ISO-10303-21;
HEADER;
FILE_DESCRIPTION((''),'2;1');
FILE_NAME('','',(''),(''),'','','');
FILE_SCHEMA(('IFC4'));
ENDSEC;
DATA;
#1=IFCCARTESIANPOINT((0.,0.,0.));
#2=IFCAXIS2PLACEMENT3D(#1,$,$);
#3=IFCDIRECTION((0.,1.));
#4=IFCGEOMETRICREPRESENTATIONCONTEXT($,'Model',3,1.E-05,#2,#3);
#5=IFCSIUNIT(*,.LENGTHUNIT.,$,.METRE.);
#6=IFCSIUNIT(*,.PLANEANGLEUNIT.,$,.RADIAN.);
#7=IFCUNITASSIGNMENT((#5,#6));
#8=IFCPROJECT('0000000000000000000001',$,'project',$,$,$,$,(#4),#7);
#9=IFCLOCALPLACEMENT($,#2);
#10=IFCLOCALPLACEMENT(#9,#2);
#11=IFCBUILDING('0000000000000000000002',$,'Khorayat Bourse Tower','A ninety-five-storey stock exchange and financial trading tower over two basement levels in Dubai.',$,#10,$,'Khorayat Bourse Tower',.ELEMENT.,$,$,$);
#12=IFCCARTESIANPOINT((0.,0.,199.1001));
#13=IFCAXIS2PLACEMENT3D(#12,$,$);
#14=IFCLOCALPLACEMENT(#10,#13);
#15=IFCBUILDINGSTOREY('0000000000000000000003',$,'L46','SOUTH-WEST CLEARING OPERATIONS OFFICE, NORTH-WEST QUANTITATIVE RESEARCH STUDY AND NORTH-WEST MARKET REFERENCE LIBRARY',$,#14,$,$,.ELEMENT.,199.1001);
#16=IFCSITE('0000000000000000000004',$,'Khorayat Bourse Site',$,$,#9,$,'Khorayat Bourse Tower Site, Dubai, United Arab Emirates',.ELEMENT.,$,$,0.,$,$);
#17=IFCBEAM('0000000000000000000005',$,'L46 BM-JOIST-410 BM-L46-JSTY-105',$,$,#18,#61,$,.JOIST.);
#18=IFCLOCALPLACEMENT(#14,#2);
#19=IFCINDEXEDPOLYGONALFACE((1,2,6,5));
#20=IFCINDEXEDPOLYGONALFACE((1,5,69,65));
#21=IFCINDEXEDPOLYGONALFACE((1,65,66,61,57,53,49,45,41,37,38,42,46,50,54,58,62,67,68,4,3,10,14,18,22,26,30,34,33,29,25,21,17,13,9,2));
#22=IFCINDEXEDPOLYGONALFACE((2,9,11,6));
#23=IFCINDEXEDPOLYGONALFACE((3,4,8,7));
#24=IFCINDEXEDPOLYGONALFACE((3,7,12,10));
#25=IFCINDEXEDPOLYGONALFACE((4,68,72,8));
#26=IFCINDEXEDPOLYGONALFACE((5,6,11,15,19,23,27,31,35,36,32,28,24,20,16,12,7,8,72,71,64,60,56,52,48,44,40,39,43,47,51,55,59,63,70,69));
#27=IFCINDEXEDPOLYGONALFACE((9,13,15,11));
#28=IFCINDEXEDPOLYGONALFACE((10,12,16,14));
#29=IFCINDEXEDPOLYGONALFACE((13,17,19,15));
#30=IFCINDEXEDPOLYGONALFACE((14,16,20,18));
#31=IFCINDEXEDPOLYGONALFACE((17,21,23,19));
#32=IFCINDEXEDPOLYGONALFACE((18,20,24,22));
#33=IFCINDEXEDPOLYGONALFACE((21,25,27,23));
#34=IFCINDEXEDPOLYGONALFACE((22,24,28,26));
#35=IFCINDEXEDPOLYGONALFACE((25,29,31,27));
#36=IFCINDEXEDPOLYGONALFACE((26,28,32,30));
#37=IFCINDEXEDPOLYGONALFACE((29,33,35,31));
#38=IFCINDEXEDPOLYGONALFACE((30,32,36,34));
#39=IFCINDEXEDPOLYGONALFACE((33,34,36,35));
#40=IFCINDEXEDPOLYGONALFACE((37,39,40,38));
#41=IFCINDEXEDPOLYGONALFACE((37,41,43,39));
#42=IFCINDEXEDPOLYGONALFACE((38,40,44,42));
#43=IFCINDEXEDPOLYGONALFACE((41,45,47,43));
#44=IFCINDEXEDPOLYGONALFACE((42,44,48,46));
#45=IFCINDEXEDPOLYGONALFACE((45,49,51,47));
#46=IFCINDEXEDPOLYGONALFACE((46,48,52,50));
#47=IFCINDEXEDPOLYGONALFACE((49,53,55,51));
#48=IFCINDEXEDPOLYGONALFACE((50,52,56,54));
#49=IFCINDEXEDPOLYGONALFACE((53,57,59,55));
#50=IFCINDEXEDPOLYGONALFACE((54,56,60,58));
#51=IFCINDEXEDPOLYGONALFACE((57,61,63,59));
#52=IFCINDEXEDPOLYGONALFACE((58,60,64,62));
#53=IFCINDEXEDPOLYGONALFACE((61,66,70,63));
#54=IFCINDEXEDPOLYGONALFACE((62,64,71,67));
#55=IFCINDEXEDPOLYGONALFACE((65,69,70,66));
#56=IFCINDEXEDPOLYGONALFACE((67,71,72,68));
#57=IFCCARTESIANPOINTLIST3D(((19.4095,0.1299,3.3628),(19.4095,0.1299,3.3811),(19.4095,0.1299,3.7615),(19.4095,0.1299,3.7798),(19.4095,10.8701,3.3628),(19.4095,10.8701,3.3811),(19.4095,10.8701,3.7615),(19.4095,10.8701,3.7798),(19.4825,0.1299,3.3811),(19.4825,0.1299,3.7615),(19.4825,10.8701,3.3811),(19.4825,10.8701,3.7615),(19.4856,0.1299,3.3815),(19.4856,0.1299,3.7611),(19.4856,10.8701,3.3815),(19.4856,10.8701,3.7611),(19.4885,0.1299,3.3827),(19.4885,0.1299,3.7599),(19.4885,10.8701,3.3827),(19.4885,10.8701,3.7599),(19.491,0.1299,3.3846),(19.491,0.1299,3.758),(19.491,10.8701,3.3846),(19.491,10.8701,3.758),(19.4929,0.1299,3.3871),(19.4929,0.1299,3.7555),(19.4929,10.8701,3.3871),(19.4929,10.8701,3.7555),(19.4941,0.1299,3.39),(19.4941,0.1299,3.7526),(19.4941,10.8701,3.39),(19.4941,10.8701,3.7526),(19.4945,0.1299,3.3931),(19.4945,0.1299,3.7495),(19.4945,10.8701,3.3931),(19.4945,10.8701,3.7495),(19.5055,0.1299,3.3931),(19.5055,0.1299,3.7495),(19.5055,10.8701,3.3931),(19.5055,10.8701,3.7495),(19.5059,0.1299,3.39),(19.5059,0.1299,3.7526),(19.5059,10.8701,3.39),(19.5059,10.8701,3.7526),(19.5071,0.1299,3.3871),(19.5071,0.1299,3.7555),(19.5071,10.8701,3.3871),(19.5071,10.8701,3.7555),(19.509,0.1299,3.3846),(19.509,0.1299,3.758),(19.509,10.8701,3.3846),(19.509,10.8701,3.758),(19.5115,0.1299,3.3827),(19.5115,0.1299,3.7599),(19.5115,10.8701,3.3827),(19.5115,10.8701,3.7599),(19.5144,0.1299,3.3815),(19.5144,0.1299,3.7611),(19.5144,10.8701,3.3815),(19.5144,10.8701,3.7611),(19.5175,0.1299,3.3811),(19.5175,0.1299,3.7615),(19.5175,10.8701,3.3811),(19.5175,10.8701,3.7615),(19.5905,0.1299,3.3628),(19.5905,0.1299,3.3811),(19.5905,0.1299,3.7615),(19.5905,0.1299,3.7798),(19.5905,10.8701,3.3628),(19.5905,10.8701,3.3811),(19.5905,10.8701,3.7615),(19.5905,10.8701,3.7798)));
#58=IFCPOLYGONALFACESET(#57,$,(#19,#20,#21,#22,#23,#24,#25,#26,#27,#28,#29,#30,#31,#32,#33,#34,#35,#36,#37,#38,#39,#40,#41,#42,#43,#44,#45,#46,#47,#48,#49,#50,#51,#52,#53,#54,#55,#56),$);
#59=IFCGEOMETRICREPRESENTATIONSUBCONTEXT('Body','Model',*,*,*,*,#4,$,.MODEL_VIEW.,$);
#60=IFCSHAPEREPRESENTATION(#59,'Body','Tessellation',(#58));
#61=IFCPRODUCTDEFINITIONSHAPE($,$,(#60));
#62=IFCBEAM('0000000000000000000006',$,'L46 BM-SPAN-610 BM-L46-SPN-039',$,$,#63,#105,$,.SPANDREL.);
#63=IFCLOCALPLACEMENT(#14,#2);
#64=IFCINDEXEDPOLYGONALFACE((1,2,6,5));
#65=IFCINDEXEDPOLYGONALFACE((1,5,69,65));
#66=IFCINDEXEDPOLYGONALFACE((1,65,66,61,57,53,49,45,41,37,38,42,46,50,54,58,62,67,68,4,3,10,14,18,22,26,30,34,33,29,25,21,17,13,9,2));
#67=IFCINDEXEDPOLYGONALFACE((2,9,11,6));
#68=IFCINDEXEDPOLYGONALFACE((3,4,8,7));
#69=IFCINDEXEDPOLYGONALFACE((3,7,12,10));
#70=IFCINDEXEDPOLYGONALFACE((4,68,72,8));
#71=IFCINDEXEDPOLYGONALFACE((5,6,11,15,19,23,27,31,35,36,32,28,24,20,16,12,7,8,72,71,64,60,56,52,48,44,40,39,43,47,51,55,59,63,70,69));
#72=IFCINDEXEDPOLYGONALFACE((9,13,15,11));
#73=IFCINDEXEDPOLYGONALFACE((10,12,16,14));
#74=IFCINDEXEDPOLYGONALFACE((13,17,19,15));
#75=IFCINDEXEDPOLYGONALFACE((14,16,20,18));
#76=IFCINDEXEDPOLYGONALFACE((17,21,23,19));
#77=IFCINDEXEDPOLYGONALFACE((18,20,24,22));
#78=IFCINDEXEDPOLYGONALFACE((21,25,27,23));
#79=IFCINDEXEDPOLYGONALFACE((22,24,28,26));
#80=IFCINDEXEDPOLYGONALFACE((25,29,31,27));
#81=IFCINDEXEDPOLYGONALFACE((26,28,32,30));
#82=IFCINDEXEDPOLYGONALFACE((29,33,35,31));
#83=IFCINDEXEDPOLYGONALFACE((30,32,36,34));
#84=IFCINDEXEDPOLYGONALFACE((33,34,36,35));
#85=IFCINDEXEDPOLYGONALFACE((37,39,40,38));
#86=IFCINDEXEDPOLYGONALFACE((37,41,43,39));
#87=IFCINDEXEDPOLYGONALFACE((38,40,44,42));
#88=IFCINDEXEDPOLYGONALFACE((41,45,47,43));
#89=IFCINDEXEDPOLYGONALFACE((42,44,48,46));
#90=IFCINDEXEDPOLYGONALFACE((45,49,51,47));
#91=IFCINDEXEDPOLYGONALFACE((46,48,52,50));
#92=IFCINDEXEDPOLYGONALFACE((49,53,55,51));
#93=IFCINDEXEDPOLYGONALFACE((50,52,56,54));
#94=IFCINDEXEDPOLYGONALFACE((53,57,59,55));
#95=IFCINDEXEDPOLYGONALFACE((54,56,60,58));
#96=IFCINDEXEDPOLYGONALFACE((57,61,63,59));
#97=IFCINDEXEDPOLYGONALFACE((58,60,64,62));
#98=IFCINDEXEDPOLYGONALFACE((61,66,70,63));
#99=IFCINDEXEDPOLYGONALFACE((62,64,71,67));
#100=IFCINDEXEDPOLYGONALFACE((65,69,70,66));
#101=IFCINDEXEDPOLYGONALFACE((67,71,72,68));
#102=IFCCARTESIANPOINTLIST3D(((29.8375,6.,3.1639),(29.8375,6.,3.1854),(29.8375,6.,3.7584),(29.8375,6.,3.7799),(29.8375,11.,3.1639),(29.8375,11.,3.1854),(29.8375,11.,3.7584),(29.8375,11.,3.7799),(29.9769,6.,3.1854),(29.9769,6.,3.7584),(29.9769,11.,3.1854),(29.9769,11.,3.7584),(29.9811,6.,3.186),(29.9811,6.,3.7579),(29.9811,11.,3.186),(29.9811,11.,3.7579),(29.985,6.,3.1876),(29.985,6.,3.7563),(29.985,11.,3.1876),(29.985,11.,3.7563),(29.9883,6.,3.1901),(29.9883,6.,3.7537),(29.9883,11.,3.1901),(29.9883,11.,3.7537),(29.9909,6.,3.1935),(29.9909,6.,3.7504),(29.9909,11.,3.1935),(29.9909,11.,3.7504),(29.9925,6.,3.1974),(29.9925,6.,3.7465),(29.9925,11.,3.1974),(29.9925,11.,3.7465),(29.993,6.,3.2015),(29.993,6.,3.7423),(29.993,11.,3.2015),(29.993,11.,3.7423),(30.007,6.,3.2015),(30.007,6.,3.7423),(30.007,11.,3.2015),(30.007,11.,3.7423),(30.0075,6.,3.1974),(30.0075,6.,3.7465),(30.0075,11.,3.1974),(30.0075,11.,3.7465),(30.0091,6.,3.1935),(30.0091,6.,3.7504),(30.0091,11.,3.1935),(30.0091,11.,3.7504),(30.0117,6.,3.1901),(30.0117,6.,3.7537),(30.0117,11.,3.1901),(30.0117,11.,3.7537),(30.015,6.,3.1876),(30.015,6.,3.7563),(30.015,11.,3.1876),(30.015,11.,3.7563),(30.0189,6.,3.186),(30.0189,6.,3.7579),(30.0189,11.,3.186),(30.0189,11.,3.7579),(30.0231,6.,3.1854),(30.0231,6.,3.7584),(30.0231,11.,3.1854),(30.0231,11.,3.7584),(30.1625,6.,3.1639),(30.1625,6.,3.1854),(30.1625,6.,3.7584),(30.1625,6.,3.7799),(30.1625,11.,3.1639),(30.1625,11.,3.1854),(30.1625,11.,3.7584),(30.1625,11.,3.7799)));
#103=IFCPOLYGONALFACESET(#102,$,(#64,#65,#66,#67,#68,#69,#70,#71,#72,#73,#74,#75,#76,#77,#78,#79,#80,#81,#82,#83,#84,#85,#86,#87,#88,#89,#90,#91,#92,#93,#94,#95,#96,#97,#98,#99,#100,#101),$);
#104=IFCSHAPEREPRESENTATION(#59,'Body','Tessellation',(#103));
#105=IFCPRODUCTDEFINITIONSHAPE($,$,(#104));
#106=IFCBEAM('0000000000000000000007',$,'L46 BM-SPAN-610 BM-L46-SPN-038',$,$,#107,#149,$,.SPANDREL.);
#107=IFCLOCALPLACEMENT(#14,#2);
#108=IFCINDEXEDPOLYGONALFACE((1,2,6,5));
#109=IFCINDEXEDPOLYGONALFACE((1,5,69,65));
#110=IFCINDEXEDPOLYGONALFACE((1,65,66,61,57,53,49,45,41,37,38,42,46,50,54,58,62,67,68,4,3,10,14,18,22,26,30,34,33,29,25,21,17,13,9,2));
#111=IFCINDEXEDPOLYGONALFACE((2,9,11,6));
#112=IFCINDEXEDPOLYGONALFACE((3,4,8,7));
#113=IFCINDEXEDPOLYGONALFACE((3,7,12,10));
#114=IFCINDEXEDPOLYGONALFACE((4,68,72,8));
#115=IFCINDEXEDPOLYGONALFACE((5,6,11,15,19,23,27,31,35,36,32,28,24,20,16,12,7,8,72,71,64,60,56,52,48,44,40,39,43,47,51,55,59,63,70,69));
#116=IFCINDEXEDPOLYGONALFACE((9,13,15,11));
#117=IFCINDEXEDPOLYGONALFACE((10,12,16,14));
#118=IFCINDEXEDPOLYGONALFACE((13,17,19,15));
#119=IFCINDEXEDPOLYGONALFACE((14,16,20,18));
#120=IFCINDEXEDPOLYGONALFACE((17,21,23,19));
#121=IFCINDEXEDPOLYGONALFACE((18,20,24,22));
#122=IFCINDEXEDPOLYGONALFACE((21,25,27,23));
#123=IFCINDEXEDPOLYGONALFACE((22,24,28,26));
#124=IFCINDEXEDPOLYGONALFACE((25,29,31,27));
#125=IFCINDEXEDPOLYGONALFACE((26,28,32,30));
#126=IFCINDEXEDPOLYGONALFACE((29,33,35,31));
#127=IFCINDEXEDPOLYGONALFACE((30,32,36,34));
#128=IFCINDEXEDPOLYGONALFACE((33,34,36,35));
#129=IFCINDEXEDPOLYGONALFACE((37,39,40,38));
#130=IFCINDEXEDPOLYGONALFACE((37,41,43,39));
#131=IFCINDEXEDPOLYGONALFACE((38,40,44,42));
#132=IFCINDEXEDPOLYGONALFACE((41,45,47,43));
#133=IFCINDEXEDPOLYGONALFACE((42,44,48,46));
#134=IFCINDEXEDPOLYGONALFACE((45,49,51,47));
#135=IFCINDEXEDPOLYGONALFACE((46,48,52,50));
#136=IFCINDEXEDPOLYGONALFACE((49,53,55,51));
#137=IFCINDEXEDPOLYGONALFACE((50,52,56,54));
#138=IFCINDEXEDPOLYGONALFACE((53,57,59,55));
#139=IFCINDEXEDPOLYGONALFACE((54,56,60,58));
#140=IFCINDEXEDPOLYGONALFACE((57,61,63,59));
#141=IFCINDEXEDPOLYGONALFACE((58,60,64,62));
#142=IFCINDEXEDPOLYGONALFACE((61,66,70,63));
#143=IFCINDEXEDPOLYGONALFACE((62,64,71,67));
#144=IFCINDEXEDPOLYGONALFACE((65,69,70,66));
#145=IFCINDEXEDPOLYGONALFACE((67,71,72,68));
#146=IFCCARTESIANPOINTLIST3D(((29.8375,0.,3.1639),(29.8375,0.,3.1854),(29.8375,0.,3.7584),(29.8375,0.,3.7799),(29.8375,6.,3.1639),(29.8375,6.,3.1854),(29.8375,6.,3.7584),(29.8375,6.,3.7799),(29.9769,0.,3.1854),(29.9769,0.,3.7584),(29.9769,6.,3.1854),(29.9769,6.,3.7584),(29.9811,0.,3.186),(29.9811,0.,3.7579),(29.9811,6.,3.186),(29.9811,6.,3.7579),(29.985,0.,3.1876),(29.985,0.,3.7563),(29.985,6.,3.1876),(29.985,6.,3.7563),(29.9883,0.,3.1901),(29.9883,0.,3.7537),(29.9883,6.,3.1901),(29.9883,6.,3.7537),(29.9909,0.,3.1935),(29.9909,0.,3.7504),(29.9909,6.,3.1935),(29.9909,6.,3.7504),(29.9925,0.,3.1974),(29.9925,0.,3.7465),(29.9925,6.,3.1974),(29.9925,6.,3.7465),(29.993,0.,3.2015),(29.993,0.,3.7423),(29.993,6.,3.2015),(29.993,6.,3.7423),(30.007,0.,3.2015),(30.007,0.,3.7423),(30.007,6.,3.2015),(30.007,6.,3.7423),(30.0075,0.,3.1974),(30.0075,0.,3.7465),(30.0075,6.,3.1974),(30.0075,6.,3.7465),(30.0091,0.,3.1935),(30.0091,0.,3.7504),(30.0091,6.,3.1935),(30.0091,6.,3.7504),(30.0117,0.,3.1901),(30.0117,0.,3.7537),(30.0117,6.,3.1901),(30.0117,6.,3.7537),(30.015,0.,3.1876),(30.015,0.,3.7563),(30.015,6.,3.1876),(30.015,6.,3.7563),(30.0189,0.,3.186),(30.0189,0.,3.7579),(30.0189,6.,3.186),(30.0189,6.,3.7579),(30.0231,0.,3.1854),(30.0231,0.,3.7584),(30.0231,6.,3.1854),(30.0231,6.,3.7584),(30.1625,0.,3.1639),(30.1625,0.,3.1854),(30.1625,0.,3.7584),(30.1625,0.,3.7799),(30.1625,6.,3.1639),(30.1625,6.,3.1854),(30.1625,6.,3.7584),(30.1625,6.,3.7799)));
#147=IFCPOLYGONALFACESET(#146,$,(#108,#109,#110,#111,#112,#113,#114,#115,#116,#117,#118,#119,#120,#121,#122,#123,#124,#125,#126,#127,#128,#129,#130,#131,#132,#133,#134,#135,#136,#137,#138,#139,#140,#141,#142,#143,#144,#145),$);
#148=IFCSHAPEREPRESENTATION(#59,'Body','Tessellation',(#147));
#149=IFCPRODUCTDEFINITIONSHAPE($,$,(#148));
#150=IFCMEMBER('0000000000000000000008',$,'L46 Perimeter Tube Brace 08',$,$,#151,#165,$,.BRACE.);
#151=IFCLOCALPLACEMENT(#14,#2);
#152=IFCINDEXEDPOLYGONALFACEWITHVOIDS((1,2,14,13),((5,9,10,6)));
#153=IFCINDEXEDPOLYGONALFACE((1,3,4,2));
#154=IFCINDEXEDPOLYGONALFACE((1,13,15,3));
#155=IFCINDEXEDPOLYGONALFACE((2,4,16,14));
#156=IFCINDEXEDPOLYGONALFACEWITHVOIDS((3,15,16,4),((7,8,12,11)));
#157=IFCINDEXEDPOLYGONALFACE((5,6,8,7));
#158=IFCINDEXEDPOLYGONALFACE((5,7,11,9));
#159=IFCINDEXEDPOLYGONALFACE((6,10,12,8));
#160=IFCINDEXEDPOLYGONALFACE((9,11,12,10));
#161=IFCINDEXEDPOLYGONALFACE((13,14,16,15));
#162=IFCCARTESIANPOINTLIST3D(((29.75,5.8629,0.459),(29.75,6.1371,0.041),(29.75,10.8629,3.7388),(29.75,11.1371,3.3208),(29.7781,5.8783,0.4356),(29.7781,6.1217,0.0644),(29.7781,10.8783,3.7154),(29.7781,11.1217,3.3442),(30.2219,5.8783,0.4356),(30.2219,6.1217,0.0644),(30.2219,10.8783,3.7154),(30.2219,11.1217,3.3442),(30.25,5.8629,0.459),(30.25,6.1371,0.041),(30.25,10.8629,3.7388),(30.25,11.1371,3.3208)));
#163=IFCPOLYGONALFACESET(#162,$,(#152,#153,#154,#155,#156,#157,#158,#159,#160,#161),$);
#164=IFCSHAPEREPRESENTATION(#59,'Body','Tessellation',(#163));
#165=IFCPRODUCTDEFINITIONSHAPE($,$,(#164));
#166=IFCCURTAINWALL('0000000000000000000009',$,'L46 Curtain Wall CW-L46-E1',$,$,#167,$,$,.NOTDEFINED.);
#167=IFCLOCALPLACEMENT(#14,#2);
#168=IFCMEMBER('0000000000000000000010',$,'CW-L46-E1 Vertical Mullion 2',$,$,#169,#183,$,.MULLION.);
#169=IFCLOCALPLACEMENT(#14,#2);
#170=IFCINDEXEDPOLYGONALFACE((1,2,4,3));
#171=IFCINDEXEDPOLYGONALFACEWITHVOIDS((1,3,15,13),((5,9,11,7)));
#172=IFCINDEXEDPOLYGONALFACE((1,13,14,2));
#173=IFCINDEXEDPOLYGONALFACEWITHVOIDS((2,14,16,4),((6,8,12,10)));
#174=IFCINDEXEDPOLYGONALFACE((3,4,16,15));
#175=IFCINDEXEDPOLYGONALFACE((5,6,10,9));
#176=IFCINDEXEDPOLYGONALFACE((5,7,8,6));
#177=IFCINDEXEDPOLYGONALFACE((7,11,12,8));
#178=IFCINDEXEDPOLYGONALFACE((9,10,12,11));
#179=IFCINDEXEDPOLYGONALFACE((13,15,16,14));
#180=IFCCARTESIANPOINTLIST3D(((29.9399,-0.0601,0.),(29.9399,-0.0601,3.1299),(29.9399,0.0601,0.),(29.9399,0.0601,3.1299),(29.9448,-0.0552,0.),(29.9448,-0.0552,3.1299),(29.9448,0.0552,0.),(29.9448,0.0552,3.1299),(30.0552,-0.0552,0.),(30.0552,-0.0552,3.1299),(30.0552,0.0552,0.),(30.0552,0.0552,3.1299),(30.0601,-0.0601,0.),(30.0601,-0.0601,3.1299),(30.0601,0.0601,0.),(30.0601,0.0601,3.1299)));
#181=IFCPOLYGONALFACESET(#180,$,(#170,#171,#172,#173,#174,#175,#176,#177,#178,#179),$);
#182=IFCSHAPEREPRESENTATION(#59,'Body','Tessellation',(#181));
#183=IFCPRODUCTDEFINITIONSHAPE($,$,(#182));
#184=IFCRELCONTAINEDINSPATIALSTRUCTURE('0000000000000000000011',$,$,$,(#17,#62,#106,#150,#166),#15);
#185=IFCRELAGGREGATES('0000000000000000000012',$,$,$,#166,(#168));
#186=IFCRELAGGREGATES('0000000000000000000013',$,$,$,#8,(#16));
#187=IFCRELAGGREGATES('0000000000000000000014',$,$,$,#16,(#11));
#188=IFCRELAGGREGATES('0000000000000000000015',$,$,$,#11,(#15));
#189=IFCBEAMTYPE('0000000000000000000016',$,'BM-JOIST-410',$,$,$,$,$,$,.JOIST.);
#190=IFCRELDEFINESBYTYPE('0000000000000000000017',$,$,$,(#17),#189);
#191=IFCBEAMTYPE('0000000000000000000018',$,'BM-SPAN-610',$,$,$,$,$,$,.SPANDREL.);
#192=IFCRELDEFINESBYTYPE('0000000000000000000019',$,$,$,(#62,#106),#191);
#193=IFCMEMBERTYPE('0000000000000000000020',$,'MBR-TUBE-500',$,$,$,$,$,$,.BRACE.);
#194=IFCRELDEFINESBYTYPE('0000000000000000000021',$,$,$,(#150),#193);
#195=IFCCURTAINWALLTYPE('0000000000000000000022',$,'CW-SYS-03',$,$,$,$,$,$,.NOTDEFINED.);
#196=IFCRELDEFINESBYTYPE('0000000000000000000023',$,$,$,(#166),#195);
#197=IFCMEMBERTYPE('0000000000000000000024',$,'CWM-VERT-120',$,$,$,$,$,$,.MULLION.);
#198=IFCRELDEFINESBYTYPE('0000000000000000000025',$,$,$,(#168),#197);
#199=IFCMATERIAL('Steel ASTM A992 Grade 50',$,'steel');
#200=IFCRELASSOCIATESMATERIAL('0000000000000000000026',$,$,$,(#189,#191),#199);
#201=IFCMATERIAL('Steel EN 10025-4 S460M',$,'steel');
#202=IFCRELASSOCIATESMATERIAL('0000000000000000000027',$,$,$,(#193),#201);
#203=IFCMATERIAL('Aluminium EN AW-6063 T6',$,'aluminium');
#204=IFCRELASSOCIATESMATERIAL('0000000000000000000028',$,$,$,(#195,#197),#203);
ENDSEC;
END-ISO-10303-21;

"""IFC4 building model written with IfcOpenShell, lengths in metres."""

from ifc_helpers import new_model, si_unit, direction, frame, origin, origin_2d, place, context, subcontext, project, spatial, hollow_rectangle, i_section, extrude, source, transform, mapped, material, material_profile, profile_set, type_object, element, aggregate, save


model = new_model("IFC4")

# Units and contexts
model_context = context("Model", 3, precision=1e-05, world=origin(), true_north=direction((0.0, 1.0)))
body_context = subcontext(model_context, "Body", "Model", "MODEL_VIEW")
ifc_project = project(units=[si_unit("LENGTHUNIT", "METRE"), si_unit("PLANEANGLEUNIT", "RADIAN")], contexts=[model_context])

# Site, building, storey
site_placement = place(None, origin())
site = spatial("IfcSite", under=ifc_project, at=site_placement, Name="Khorayat Bourse Site", LongName="Khorayat Bourse Tower Site, Dubai, United Arab Emirates", CompositionType="ELEMENT", RefElevation=0.0)
building_placement = place(site_placement, origin())
building = spatial("IfcBuilding", under=site, at=building_placement, Name="Khorayat Bourse Tower", Description="A ninety-five-storey stock exchange and financial trading tower over two basement levels in Dubai.", LongName="Khorayat Bourse Tower", CompositionType="ELEMENT")
storey_placement = place(building_placement, frame((0.0, 0.0, 199.1001)))
storey = spatial("IfcBuildingStorey", under=building, at=storey_placement, Name="L46", Description="SOUTH-WEST CLEARING OPERATIONS OFFICE, NORTH-WEST QUANTITATIVE RESEARCH STUDY AND NORTH-WEST MARKET REFERENCE LIBRARY", CompositionType="ELEMENT", Elevation=199.1001)

# Shared definitions
ifc_material_1 = material(Name="Steel EN 10025-4 S460M", Category="steel")

# Beams
ifc_material_2 = material(Name="Steel ASTM A992 Grade 50", Category="steel")
ifc_material_profile_1 = material_profile(ifc_material_2, i_section(OverallWidth=0.1809, OverallDepth=0.417, WebThickness=0.011, FlangeThickness=0.0183, FilletRadius=0.012, at=origin_2d()), Name="W410X85")
ifc_profile_set_1 = profile_set([ifc_material_profile_1], Name="Steel ASTM A992 Grade 50")
beam_type_1 = type_object("IfcBeamType", Name="BM-JOIST-410", PredefinedType="JOIST", material=ifc_profile_set_1)
shared_shape_1 = source(origin(), body_context, "Body", "SweptSolid", [
    extrude(i_section(OverallWidth=0.1809, OverallDepth=0.417, WebThickness=0.011, FlangeThickness=0.0183, FilletRadius=0.012, at=origin_2d()), origin(), (0.0, 0.0, 1.0), 10.7402),
])
beam_1_placement = place(storey_placement, frame((19.5, 0.1299, 3.5713), z_axis=(0.0, 1.0, 0.0), x_axis=(-1.0, 0.0, 0.0)))
element("IfcBeam", 1, at=beam_1_placement, inside=storey, type_object=beam_type_1, Name="L46 BM-JOIST-410 BM-L46-JSTY-105", PredefinedType="JOIST", context=body_context, shape_type="MappedRepresentation", body=[
    mapped(shared_shape_1, transform((0.0, 0.0, 0.0), scale=1.0)),
])
ifc_material_profile_2 = material_profile(ifc_material_2, i_section(OverallWidth=0.325, OverallDepth=0.616, WebThickness=0.0139, FlangeThickness=0.0215, FilletRadius=0.0161, at=origin_2d()), Name="W610X174")
ifc_profile_set_2 = profile_set([ifc_material_profile_2], Name="Steel ASTM A992 Grade 50")
beam_type_2 = type_object("IfcBeamType", Name="BM-SPAN-610", PredefinedType="SPANDREL", material=ifc_profile_set_2)
shared_shape_2 = source(origin(), body_context, "Body", "SweptSolid", [
    extrude(i_section(OverallWidth=0.325, OverallDepth=0.616, WebThickness=0.0139, FlangeThickness=0.0215, FilletRadius=0.0161, at=origin_2d()), origin(), (0.0, 0.0, 1.0), 5.0),
])
beam_2_placement = place(storey_placement, frame((30.0, 6.0, 3.4719), z_axis=(0.0, 1.0, 0.0), x_axis=(-1.0, 0.0, 0.0)))
element("IfcBeam", 2, at=beam_2_placement, inside=storey, type_object=beam_type_2, Name="L46 BM-SPAN-610 BM-L46-SPN-039", PredefinedType="SPANDREL", context=body_context, shape_type="MappedRepresentation", body=[
    mapped(shared_shape_2, transform((0.0, 0.0, 0.0), scale=1.0)),
])
shared_shape_3 = source(origin(), body_context, "Body", "SweptSolid", [
    extrude(i_section(OverallWidth=0.325, OverallDepth=0.616, WebThickness=0.0139, FlangeThickness=0.0215, FilletRadius=0.0161, at=origin_2d()), origin(), (0.0, 0.0, 1.0), 6.0),
])
beam_3_placement = place(storey_placement, frame((30.0, 0.0, 3.4719), z_axis=(0.0, 1.0, 0.0), x_axis=(-1.0, 0.0, 0.0)))
element("IfcBeam", 3, at=beam_3_placement, inside=storey, type_object=beam_type_2, Name="L46 BM-SPAN-610 BM-L46-SPN-038", PredefinedType="SPANDREL", context=body_context, shape_type="MappedRepresentation", body=[
    mapped(shared_shape_3, transform((0.0, 0.0, 0.0), scale=1.0)),
])

# Member
ifc_material_profile_3 = material_profile(ifc_material_1, hollow_rectangle(XDim=0.5, YDim=0.5, WallThickness=0.0281, at=origin_2d()), Name="HSS 500x500x28")
ifc_profile_set_3 = profile_set([ifc_material_profile_3], Name="Steel EN 10025-4 S460M")
member_type_1 = type_object("IfcMemberType", Name="MBR-TUBE-500", PredefinedType="BRACE", material=ifc_profile_set_3)
shared_shape_4 = source(origin(), body_context, "Body", "SweptSolid", [
    extrude(hollow_rectangle(XDim=0.5, YDim=0.5, WallThickness=0.0281, at=origin_2d()), origin(), (0.0, 0.0, 1.0), 5.9797),
])
member_1_placement = place(storey_placement, frame((30.0, 6.0, 0.25), z_axis=(0.0, 0.83616, 0.548485), x_axis=(-1.0, 0.0, 0.0)))
element("IfcMember", 4, at=member_1_placement, inside=storey, type_object=member_type_1, Name="L46 Perimeter Tube Brace 08", PredefinedType="BRACE", context=body_context, shape_type="MappedRepresentation", body=[
    mapped(shared_shape_4, transform((0.0, 0.0, 0.0), scale=1.0)),
])

# Curtain wall, member
ifc_material_3 = material(Name="Aluminium EN AW-6063 T6", Category="aluminium")
curtain_wall_type = type_object("IfcCurtainWallType", Name="CW-SYS-03", PredefinedType="NOTDEFINED", material=ifc_material_3)
curtain_wall_placement = place(storey_placement, origin())
curtain_wall = element("IfcCurtainWall", 5, at=curtain_wall_placement, inside=storey, type_object=curtain_wall_type, Name="L46 Curtain Wall CW-L46-E1", PredefinedType="NOTDEFINED")
ifc_material_profile_4 = material_profile(ifc_material_3, hollow_rectangle(XDim=0.1201, YDim=0.1201, WallThickness=0.0049, at=origin_2d()), Name="ALU 120x120x5")
ifc_profile_set_4 = profile_set([ifc_material_profile_4], Name="Aluminium EN AW-6063 T6")
member_type_2 = type_object("IfcMemberType", Name="CWM-VERT-120", PredefinedType="MULLION", material=ifc_profile_set_4)
shared_shape_5 = source(origin(), body_context, "Body", "SweptSolid", [
    extrude(hollow_rectangle(XDim=0.1201, YDim=0.1201, WallThickness=0.0049, at=origin_2d()), origin(), (0.0, 0.0, 1.0), 3.1299),
])
member_2_placement = place(storey_placement, frame((30.0, 0.0, 0.0), z_axis=(0.0, 0.0, 1.0), x_axis=(-1.0, 0.0, 0.0)))
member_2 = element("IfcMember", 6, at=member_2_placement, type_object=member_type_2, Name="CW-L46-E1 Vertical Mullion 2", PredefinedType="MULLION", context=body_context, shape_type="MappedRepresentation", body=[
    mapped(shared_shape_5, transform((0.0, 0.0, 0.0), scale=1.0)),
])
aggregate(curtain_wall, [member_2])

save(model, "model.ifc")
